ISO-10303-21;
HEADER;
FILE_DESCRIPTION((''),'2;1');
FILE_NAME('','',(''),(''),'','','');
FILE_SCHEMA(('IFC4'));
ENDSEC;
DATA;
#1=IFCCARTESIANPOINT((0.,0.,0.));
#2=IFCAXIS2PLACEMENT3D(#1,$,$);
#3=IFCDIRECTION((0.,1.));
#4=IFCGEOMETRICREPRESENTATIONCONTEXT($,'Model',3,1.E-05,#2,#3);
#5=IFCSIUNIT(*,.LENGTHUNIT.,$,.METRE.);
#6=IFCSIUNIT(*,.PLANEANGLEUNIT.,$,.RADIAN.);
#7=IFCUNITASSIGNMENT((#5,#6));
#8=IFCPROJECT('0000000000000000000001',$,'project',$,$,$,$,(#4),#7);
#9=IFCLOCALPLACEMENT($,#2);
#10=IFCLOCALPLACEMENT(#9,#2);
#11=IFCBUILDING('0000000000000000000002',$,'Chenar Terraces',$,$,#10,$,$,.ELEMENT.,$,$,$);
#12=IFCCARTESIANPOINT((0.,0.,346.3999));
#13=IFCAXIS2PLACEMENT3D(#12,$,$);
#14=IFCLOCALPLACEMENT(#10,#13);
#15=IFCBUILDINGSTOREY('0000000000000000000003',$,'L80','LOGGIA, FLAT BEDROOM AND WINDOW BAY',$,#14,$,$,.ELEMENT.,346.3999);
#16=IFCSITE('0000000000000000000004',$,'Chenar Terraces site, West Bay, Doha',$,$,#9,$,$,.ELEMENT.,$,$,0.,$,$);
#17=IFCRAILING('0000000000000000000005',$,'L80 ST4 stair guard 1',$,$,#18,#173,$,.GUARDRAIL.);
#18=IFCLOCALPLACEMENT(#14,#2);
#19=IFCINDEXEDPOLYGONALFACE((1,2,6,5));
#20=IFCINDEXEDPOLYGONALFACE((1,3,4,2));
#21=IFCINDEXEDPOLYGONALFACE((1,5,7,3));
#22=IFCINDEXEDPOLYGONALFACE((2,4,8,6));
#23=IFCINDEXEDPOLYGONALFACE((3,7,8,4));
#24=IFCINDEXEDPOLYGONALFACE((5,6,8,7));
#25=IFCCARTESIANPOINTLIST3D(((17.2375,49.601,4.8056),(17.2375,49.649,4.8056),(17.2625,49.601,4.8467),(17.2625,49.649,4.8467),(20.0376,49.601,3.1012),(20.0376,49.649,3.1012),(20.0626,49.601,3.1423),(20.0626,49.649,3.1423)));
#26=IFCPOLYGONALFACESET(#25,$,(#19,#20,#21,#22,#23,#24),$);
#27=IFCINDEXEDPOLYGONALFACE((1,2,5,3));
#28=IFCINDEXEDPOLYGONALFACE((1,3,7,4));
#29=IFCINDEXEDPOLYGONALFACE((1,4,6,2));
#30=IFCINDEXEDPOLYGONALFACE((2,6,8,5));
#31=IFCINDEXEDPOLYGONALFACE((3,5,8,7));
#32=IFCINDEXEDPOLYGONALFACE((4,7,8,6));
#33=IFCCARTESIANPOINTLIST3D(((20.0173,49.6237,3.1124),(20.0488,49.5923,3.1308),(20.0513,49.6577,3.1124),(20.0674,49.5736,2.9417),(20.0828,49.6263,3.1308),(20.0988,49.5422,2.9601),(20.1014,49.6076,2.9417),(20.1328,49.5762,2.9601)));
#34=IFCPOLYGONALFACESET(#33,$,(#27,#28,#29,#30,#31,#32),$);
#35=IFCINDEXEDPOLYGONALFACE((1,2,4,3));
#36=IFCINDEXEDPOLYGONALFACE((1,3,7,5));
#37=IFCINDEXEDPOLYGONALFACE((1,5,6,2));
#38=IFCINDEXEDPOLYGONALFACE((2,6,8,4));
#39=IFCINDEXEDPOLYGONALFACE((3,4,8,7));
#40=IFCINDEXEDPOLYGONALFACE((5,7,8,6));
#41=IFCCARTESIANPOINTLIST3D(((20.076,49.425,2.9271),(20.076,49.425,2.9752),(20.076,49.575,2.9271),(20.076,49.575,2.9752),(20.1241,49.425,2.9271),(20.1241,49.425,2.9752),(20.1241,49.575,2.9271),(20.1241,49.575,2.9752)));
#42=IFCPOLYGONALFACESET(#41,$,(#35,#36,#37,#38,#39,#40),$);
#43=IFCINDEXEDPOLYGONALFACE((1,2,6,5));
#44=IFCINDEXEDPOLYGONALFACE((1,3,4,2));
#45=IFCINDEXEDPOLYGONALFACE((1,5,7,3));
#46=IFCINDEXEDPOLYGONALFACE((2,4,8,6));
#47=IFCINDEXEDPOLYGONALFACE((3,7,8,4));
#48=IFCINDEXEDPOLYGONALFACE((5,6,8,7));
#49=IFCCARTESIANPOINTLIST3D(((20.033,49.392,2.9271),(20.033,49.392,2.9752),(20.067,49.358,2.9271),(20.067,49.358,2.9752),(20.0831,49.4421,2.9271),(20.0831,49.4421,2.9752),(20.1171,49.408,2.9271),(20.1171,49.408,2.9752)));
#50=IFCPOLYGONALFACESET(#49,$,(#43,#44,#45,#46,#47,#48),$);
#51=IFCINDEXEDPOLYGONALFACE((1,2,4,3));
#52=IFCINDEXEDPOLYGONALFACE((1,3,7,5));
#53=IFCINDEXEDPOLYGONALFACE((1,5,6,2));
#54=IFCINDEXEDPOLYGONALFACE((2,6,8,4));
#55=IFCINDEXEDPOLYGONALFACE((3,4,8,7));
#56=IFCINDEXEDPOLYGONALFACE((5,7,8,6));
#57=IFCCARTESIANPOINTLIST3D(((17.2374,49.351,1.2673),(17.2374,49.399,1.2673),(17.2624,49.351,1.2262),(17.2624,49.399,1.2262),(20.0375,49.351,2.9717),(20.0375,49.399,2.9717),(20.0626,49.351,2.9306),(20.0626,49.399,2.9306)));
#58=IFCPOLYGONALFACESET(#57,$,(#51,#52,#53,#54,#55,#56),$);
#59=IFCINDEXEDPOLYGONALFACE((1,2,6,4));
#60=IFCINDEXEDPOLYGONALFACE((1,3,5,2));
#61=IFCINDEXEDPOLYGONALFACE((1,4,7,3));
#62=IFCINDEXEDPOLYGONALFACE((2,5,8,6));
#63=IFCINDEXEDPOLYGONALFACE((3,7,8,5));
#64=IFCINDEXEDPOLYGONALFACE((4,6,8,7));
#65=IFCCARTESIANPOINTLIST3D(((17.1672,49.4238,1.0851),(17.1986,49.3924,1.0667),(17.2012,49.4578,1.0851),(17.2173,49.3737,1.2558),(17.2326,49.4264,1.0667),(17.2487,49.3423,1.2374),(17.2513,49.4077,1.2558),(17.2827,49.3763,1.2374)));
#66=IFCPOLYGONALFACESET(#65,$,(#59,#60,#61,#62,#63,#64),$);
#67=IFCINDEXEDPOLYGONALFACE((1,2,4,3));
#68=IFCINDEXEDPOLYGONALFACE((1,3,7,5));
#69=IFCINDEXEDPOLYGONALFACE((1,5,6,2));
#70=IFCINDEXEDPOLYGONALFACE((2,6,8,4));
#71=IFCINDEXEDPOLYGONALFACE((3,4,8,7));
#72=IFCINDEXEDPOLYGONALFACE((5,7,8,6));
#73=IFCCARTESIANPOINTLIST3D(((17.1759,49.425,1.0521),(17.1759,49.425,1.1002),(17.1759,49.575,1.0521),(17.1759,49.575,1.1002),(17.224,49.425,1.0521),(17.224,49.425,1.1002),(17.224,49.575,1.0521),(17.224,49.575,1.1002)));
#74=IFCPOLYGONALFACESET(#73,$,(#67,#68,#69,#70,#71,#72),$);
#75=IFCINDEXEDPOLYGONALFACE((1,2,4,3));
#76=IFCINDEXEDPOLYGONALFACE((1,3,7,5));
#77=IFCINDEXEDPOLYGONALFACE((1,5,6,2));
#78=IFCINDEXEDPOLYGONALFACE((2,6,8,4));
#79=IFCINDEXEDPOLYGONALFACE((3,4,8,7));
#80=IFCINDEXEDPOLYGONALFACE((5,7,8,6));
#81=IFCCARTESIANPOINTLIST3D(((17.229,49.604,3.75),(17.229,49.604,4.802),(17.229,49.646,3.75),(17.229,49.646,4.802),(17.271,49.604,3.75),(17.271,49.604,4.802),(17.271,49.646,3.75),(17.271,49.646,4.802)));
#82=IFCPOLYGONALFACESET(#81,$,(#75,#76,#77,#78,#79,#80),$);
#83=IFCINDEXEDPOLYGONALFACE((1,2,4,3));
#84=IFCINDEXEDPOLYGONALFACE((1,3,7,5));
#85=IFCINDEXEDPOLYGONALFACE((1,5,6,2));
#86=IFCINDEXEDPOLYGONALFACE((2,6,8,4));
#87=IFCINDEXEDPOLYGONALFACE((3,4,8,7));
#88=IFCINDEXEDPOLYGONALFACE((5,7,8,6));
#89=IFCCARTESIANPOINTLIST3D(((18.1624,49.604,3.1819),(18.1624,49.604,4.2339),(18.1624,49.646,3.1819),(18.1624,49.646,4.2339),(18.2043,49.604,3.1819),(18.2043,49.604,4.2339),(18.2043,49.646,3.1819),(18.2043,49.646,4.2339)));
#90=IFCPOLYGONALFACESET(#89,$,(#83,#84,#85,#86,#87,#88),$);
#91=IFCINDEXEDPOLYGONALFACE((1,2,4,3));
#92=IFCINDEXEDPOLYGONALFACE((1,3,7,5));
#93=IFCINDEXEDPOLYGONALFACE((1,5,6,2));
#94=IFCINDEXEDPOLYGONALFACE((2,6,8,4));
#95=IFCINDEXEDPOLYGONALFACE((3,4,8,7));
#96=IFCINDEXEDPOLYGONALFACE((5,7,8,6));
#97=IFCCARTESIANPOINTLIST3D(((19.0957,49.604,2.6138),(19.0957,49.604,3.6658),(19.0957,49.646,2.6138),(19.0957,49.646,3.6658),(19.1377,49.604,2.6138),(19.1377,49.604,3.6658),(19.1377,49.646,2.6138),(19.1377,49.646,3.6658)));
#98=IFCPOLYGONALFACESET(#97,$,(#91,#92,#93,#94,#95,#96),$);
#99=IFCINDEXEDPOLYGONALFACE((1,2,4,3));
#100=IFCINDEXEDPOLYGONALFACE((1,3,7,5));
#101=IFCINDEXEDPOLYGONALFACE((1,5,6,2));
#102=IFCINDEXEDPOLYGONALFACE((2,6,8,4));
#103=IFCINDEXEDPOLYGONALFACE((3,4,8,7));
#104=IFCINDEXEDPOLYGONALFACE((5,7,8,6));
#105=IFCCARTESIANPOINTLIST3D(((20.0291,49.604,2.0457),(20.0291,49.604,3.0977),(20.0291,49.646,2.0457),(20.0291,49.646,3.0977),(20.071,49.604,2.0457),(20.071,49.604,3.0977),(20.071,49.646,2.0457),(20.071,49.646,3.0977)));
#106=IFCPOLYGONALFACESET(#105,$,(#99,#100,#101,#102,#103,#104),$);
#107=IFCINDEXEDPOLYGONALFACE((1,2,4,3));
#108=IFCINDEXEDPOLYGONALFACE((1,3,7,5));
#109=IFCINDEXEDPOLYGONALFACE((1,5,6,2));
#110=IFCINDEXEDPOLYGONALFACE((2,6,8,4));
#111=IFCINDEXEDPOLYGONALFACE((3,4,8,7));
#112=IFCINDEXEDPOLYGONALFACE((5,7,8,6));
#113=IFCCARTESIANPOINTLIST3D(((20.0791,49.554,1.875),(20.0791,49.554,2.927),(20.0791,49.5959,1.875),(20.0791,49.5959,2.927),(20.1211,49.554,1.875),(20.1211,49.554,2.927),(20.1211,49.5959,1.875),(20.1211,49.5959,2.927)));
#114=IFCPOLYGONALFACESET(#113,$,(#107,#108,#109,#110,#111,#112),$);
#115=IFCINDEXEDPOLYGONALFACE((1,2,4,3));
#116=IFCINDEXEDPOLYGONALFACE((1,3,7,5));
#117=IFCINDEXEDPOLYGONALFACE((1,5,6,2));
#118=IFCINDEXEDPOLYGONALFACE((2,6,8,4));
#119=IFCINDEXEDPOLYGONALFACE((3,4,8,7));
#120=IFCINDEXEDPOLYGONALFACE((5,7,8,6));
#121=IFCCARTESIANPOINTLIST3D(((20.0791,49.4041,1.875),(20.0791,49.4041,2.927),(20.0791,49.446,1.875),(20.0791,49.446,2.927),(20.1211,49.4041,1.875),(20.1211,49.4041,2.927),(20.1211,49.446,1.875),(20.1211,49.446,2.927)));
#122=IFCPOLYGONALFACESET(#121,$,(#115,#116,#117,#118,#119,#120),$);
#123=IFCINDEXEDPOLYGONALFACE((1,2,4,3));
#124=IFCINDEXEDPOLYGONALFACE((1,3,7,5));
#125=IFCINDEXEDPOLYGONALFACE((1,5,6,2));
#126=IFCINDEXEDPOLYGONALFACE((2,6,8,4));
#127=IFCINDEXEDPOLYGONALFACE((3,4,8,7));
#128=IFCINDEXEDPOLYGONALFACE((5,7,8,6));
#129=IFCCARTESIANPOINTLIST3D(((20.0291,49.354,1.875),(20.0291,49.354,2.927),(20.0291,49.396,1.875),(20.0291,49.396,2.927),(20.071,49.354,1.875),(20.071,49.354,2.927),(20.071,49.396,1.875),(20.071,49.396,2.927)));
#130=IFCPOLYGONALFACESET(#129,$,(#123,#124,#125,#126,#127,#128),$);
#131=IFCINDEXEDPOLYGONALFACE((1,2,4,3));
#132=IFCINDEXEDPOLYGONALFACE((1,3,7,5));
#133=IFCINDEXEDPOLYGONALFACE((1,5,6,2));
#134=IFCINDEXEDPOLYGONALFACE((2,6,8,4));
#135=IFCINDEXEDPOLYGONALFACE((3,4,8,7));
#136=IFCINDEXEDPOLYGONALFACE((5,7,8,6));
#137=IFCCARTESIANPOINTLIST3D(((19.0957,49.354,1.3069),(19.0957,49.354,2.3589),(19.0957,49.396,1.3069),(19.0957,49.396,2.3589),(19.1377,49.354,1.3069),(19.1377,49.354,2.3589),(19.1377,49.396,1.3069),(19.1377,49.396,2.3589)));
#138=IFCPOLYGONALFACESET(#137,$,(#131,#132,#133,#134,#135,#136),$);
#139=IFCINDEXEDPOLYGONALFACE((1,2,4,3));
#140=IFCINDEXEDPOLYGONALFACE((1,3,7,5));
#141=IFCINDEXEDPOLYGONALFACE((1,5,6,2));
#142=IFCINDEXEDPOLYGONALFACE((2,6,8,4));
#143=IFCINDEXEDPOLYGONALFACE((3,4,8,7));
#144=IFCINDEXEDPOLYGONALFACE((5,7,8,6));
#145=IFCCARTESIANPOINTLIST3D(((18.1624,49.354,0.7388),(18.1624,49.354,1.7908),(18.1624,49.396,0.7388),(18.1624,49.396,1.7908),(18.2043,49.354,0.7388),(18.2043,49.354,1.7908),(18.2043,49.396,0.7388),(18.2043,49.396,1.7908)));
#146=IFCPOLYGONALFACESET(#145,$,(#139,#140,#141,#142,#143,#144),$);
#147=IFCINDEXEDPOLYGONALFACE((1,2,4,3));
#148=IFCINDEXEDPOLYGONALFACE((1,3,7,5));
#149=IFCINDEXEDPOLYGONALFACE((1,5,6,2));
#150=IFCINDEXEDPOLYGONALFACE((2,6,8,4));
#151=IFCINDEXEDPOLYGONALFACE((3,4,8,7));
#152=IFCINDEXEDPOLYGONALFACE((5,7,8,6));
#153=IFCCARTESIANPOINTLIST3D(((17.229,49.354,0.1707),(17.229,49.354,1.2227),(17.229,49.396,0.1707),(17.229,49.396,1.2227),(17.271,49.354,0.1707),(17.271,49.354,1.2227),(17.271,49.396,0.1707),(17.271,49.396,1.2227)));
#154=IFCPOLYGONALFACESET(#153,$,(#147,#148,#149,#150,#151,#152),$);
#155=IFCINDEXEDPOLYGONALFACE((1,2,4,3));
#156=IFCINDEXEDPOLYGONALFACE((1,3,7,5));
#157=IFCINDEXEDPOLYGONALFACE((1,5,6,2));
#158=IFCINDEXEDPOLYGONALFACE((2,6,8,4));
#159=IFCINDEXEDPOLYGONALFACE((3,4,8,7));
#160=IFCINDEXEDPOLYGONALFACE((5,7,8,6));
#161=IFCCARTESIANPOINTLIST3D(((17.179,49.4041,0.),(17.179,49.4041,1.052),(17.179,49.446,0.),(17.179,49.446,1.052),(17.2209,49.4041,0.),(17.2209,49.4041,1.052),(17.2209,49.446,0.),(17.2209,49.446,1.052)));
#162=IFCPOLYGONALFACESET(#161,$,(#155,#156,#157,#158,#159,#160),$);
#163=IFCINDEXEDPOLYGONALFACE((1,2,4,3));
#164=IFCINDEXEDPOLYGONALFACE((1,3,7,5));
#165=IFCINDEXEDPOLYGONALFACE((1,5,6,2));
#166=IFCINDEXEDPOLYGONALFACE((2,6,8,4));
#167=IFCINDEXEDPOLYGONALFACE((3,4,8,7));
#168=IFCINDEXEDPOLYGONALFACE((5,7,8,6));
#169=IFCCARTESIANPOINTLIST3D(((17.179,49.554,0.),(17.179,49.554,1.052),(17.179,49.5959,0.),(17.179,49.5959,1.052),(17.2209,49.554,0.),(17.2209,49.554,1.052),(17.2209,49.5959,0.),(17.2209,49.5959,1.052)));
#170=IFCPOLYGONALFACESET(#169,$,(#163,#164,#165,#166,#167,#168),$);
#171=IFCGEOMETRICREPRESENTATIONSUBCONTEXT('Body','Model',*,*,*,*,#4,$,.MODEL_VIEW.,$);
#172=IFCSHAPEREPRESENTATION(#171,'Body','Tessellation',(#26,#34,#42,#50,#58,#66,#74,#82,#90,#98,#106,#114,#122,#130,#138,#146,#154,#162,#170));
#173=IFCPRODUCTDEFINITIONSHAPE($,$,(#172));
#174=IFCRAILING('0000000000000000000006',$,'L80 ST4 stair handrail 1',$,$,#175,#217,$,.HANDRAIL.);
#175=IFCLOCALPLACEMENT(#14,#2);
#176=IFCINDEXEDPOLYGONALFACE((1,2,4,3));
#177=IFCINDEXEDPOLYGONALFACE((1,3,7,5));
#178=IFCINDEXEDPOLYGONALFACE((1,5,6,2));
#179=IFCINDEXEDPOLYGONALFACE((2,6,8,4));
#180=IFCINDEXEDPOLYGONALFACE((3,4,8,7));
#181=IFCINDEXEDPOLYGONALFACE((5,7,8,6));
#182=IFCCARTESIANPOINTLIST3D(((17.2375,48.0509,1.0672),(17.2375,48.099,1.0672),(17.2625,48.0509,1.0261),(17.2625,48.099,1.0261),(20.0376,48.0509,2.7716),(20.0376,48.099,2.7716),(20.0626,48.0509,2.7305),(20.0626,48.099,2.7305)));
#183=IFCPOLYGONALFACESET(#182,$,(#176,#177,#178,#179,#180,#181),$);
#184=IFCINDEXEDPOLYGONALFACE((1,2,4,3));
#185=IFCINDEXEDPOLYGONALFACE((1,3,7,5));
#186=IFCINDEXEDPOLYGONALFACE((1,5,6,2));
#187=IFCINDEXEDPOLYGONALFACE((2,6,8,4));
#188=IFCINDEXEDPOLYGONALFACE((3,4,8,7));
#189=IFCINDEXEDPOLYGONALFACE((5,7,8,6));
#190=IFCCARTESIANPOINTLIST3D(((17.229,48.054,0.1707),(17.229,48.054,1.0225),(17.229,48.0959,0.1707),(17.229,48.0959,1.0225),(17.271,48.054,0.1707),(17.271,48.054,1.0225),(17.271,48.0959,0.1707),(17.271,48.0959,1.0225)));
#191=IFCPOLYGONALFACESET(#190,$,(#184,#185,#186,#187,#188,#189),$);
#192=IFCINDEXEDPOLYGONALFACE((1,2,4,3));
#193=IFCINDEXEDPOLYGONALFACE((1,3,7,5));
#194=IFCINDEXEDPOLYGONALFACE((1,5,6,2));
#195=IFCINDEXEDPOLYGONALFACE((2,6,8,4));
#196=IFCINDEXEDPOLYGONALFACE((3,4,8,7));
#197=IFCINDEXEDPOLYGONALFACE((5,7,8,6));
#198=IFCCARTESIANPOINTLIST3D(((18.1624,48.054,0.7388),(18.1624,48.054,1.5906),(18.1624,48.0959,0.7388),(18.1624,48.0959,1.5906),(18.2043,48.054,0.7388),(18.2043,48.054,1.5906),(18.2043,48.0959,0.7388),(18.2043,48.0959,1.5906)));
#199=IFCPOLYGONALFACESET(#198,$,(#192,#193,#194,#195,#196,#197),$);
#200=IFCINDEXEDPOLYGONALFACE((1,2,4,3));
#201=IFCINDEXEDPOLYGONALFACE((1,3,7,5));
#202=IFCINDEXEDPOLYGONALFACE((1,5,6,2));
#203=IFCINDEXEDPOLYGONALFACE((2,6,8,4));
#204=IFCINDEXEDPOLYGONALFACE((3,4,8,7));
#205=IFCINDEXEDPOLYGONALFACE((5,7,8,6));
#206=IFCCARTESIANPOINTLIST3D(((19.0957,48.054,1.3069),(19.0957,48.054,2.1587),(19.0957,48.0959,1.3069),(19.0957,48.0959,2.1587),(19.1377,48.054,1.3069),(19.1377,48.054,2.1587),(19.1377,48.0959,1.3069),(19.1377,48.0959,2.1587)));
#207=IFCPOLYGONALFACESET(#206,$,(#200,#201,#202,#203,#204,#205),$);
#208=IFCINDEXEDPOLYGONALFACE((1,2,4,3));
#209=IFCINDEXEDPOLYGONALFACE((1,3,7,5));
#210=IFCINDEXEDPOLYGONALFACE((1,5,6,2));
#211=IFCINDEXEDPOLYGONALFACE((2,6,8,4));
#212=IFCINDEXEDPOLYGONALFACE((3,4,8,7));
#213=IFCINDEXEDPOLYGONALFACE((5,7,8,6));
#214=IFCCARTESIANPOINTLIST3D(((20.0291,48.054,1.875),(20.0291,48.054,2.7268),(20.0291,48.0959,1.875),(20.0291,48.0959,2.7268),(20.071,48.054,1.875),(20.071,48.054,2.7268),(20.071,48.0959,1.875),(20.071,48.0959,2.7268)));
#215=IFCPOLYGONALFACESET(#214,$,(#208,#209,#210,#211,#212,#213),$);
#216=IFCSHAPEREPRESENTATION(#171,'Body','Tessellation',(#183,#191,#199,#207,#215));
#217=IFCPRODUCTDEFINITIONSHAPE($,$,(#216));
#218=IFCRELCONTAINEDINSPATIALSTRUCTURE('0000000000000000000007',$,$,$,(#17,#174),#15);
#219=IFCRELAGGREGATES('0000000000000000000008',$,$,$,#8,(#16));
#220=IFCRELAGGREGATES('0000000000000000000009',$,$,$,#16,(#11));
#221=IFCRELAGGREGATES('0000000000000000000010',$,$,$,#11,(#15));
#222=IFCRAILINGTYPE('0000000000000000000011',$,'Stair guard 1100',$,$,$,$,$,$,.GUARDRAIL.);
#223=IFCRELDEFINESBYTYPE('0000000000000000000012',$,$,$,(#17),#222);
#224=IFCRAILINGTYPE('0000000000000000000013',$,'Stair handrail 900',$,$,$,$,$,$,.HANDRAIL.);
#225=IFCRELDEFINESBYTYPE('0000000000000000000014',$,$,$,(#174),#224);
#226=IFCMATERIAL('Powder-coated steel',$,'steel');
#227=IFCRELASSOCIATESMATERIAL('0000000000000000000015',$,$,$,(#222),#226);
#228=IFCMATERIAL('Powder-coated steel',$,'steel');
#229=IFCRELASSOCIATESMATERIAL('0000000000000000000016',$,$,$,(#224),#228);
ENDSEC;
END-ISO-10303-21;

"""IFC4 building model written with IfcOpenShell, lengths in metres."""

from ifc_helpers import new_model, si_unit, direction, frame, origin, origin_2d, place, context, subcontext, project, spatial, rectangle, extrude, material, type_object, element, save


model = new_model("IFC4")

# Units and contexts
model_context = context("Model", 3, precision=1e-05, world=origin(), true_north=direction((0.0, 1.0)))
body_context = subcontext(model_context, "Body", "Model", "MODEL_VIEW")
ifc_project = project(units=[si_unit("LENGTHUNIT", "METRE"), si_unit("PLANEANGLEUNIT", "RADIAN")], contexts=[model_context])

# Site, building, storey
site_placement = place(None, origin())
site = spatial("IfcSite", under=ifc_project, at=site_placement, Name="Chenar Terraces site, West Bay, Doha", CompositionType="ELEMENT", RefElevation=0.0)
building_placement = place(site_placement, origin())
building = spatial("IfcBuilding", under=site, at=building_placement, Name="Chenar Terraces", CompositionType="ELEMENT")
storey_placement = place(building_placement, frame((0.0, 0.0, 346.3999)))
storey = spatial("IfcBuildingStorey", under=building, at=storey_placement, Name="L80", Description="LOGGIA, FLAT BEDROOM AND WINDOW BAY", CompositionType="ELEMENT", Elevation=346.3999)

# Railings
ifc_material_1 = material(Name="Powder-coated steel", Category="steel")
railing_type_1 = type_object("IfcRailingType", Name="Stair guard 1100", PredefinedType="GUARDRAIL", material=ifc_material_1)
railing_1_placement = place(storey_placement, frame((17.25, 49.625, 3.75)))
element("IfcRailing", 1, at=railing_1_placement, inside=storey, type_object=railing_type_1, Name="L80 ST4 stair guard 1", PredefinedType="GUARDRAIL", context=body_context, shape_type="SweptSolid", body=[
    extrude(rectangle(XDim=0.0481, YDim=0.0481, at=origin_2d()), frame((0.0, 0.0, 1.0762), z_axis=(0.854203, 0.0, -0.51994), x_axis=(0.0, 1.0, 0.0)), (0.0, 0.0, 1.0), 3.2781),
    extrude(rectangle(XDim=0.0481, YDim=0.0481, at=origin_2d()), frame((2.8, 0.0, -0.6284), z_axis=(0.2709, -0.2709, -0.923703), x_axis=(0.707107, 0.707107, 0.0)), (0.0, 0.0, 1.0), 0.1848),
    extrude(rectangle(XDim=0.0481, YDim=0.0481, at=origin_2d()), frame((2.8501, -0.05, -0.7988), z_axis=(0.0, -1.0, 0.0), x_axis=(1.0, 0.0, 0.0)), (0.0, 0.0, 1.0), 0.1499),
    extrude(rectangle(XDim=0.0481, YDim=0.0481, at=origin_2d()), frame((2.8501, -0.2, -0.7988), z_axis=(-0.707107, -0.707107, 0.0), x_axis=(0.707107, -0.707107, 0.0)), (0.0, 0.0, 1.0), 0.0708),
    extrude(rectangle(XDim=0.0481, YDim=0.0481, at=origin_2d()), frame((2.8, -0.25, -0.7988), z_axis=(-0.854203, 0.0, -0.51994), x_axis=(0.0, -1.0, 0.0)), (0.0, 0.0, 1.0), 3.2781),
    extrude(rectangle(XDim=0.0481, YDim=0.0481, at=origin_2d()), frame((0.0, -0.25, -2.5034), z_axis=(-0.2709, 0.2709, -0.923703), x_axis=(-0.707107, -0.707107, 0.0)), (0.0, 0.0, 1.0), 0.1848),
    extrude(rectangle(XDim=0.0481, YDim=0.0481, at=origin_2d()), frame((-0.05, -0.2, -2.6738), z_axis=(0.0, 1.0, 0.0), x_axis=(-1.0, 0.0, 0.0)), (0.0, 0.0, 1.0), 0.1499),
    extrude(rectangle(XDim=0.042, YDim=0.042, at=origin_2d()), origin(), (0.0, 0.0, 1.0), 1.052),
    extrude(rectangle(XDim=0.042, YDim=0.042, at=origin_2d()), frame((0.9333, 0.0, -0.5681)), (0.0, 0.0, 1.0), 1.052),
    extrude(rectangle(XDim=0.042, YDim=0.042, at=origin_2d()), frame((1.8667, 0.0, -1.1362)), (0.0, 0.0, 1.0), 1.052),
    extrude(rectangle(XDim=0.042, YDim=0.042, at=origin_2d()), frame((2.8, 0.0, -1.7043)), (0.0, 0.0, 1.0), 1.052),
    extrude(rectangle(XDim=0.042, YDim=0.042, at=origin_2d()), frame((2.8501, -0.05, -1.875)), (0.0, 0.0, 1.0), 1.052),
    extrude(rectangle(XDim=0.042, YDim=0.042, at=origin_2d()), frame((2.8501, -0.2, -1.875)), (0.0, 0.0, 1.0), 1.052),
    extrude(rectangle(XDim=0.042, YDim=0.042, at=origin_2d()), frame((2.8, -0.25, -1.875)), (0.0, 0.0, 1.0), 1.052),
    extrude(rectangle(XDim=0.042, YDim=0.042, at=origin_2d()), frame((1.8667, -0.25, -2.4431)), (0.0, 0.0, 1.0), 1.052),
    extrude(rectangle(XDim=0.042, YDim=0.042, at=origin_2d()), frame((0.9333, -0.25, -3.0112)), (0.0, 0.0, 1.0), 1.052),
    extrude(rectangle(XDim=0.042, YDim=0.042, at=origin_2d()), frame((0.0, -0.25, -3.5793)), (0.0, 0.0, 1.0), 1.052),
    extrude(rectangle(XDim=0.042, YDim=0.042, at=origin_2d()), frame((-0.05, -0.2, -3.75)), (0.0, 0.0, 1.0), 1.052),
    extrude(rectangle(XDim=0.042, YDim=0.042, at=origin_2d()), frame((-0.05, -0.05, -3.75)), (0.0, 0.0, 1.0), 1.052),
])
ifc_material_2 = material(Name="Powder-coated steel", Category="steel")
railing_type_2 = type_object("IfcRailingType", Name="Stair handrail 900", PredefinedType="HANDRAIL", material=ifc_material_2)
railing_2_placement = place(storey_placement, frame((17.25, 48.075, 0.1707)))
element("IfcRailing", 2, at=railing_2_placement, inside=storey, type_object=railing_type_2, Name="L80 ST4 stair handrail 1", PredefinedType="HANDRAIL", context=body_context, shape_type="SweptSolid", body=[
    extrude(rectangle(XDim=0.0481, YDim=0.0481, at=origin_2d()), frame((0.0, 0.0, 0.876), z_axis=(0.854203, 0.0, 0.51994), x_axis=(0.0, 1.0, 0.0)), (0.0, 0.0, 1.0), 3.2781),
    extrude(rectangle(XDim=0.042, YDim=0.042, at=origin_2d()), origin(), (0.0, 0.0, 1.0), 0.8518),
    extrude(rectangle(XDim=0.042, YDim=0.042, at=origin_2d()), frame((0.9333, 0.0, 0.5681)), (0.0, 0.0, 1.0), 0.8518),
    extrude(rectangle(XDim=0.042, YDim=0.042, at=origin_2d()), frame((1.8667, 0.0, 1.1362)), (0.0, 0.0, 1.0), 0.8518),
    extrude(rectangle(XDim=0.042, YDim=0.042, at=origin_2d()), frame((2.8, 0.0, 1.7043)), (0.0, 0.0, 1.0), 0.8518),
])

save(model, "model.ifc")
